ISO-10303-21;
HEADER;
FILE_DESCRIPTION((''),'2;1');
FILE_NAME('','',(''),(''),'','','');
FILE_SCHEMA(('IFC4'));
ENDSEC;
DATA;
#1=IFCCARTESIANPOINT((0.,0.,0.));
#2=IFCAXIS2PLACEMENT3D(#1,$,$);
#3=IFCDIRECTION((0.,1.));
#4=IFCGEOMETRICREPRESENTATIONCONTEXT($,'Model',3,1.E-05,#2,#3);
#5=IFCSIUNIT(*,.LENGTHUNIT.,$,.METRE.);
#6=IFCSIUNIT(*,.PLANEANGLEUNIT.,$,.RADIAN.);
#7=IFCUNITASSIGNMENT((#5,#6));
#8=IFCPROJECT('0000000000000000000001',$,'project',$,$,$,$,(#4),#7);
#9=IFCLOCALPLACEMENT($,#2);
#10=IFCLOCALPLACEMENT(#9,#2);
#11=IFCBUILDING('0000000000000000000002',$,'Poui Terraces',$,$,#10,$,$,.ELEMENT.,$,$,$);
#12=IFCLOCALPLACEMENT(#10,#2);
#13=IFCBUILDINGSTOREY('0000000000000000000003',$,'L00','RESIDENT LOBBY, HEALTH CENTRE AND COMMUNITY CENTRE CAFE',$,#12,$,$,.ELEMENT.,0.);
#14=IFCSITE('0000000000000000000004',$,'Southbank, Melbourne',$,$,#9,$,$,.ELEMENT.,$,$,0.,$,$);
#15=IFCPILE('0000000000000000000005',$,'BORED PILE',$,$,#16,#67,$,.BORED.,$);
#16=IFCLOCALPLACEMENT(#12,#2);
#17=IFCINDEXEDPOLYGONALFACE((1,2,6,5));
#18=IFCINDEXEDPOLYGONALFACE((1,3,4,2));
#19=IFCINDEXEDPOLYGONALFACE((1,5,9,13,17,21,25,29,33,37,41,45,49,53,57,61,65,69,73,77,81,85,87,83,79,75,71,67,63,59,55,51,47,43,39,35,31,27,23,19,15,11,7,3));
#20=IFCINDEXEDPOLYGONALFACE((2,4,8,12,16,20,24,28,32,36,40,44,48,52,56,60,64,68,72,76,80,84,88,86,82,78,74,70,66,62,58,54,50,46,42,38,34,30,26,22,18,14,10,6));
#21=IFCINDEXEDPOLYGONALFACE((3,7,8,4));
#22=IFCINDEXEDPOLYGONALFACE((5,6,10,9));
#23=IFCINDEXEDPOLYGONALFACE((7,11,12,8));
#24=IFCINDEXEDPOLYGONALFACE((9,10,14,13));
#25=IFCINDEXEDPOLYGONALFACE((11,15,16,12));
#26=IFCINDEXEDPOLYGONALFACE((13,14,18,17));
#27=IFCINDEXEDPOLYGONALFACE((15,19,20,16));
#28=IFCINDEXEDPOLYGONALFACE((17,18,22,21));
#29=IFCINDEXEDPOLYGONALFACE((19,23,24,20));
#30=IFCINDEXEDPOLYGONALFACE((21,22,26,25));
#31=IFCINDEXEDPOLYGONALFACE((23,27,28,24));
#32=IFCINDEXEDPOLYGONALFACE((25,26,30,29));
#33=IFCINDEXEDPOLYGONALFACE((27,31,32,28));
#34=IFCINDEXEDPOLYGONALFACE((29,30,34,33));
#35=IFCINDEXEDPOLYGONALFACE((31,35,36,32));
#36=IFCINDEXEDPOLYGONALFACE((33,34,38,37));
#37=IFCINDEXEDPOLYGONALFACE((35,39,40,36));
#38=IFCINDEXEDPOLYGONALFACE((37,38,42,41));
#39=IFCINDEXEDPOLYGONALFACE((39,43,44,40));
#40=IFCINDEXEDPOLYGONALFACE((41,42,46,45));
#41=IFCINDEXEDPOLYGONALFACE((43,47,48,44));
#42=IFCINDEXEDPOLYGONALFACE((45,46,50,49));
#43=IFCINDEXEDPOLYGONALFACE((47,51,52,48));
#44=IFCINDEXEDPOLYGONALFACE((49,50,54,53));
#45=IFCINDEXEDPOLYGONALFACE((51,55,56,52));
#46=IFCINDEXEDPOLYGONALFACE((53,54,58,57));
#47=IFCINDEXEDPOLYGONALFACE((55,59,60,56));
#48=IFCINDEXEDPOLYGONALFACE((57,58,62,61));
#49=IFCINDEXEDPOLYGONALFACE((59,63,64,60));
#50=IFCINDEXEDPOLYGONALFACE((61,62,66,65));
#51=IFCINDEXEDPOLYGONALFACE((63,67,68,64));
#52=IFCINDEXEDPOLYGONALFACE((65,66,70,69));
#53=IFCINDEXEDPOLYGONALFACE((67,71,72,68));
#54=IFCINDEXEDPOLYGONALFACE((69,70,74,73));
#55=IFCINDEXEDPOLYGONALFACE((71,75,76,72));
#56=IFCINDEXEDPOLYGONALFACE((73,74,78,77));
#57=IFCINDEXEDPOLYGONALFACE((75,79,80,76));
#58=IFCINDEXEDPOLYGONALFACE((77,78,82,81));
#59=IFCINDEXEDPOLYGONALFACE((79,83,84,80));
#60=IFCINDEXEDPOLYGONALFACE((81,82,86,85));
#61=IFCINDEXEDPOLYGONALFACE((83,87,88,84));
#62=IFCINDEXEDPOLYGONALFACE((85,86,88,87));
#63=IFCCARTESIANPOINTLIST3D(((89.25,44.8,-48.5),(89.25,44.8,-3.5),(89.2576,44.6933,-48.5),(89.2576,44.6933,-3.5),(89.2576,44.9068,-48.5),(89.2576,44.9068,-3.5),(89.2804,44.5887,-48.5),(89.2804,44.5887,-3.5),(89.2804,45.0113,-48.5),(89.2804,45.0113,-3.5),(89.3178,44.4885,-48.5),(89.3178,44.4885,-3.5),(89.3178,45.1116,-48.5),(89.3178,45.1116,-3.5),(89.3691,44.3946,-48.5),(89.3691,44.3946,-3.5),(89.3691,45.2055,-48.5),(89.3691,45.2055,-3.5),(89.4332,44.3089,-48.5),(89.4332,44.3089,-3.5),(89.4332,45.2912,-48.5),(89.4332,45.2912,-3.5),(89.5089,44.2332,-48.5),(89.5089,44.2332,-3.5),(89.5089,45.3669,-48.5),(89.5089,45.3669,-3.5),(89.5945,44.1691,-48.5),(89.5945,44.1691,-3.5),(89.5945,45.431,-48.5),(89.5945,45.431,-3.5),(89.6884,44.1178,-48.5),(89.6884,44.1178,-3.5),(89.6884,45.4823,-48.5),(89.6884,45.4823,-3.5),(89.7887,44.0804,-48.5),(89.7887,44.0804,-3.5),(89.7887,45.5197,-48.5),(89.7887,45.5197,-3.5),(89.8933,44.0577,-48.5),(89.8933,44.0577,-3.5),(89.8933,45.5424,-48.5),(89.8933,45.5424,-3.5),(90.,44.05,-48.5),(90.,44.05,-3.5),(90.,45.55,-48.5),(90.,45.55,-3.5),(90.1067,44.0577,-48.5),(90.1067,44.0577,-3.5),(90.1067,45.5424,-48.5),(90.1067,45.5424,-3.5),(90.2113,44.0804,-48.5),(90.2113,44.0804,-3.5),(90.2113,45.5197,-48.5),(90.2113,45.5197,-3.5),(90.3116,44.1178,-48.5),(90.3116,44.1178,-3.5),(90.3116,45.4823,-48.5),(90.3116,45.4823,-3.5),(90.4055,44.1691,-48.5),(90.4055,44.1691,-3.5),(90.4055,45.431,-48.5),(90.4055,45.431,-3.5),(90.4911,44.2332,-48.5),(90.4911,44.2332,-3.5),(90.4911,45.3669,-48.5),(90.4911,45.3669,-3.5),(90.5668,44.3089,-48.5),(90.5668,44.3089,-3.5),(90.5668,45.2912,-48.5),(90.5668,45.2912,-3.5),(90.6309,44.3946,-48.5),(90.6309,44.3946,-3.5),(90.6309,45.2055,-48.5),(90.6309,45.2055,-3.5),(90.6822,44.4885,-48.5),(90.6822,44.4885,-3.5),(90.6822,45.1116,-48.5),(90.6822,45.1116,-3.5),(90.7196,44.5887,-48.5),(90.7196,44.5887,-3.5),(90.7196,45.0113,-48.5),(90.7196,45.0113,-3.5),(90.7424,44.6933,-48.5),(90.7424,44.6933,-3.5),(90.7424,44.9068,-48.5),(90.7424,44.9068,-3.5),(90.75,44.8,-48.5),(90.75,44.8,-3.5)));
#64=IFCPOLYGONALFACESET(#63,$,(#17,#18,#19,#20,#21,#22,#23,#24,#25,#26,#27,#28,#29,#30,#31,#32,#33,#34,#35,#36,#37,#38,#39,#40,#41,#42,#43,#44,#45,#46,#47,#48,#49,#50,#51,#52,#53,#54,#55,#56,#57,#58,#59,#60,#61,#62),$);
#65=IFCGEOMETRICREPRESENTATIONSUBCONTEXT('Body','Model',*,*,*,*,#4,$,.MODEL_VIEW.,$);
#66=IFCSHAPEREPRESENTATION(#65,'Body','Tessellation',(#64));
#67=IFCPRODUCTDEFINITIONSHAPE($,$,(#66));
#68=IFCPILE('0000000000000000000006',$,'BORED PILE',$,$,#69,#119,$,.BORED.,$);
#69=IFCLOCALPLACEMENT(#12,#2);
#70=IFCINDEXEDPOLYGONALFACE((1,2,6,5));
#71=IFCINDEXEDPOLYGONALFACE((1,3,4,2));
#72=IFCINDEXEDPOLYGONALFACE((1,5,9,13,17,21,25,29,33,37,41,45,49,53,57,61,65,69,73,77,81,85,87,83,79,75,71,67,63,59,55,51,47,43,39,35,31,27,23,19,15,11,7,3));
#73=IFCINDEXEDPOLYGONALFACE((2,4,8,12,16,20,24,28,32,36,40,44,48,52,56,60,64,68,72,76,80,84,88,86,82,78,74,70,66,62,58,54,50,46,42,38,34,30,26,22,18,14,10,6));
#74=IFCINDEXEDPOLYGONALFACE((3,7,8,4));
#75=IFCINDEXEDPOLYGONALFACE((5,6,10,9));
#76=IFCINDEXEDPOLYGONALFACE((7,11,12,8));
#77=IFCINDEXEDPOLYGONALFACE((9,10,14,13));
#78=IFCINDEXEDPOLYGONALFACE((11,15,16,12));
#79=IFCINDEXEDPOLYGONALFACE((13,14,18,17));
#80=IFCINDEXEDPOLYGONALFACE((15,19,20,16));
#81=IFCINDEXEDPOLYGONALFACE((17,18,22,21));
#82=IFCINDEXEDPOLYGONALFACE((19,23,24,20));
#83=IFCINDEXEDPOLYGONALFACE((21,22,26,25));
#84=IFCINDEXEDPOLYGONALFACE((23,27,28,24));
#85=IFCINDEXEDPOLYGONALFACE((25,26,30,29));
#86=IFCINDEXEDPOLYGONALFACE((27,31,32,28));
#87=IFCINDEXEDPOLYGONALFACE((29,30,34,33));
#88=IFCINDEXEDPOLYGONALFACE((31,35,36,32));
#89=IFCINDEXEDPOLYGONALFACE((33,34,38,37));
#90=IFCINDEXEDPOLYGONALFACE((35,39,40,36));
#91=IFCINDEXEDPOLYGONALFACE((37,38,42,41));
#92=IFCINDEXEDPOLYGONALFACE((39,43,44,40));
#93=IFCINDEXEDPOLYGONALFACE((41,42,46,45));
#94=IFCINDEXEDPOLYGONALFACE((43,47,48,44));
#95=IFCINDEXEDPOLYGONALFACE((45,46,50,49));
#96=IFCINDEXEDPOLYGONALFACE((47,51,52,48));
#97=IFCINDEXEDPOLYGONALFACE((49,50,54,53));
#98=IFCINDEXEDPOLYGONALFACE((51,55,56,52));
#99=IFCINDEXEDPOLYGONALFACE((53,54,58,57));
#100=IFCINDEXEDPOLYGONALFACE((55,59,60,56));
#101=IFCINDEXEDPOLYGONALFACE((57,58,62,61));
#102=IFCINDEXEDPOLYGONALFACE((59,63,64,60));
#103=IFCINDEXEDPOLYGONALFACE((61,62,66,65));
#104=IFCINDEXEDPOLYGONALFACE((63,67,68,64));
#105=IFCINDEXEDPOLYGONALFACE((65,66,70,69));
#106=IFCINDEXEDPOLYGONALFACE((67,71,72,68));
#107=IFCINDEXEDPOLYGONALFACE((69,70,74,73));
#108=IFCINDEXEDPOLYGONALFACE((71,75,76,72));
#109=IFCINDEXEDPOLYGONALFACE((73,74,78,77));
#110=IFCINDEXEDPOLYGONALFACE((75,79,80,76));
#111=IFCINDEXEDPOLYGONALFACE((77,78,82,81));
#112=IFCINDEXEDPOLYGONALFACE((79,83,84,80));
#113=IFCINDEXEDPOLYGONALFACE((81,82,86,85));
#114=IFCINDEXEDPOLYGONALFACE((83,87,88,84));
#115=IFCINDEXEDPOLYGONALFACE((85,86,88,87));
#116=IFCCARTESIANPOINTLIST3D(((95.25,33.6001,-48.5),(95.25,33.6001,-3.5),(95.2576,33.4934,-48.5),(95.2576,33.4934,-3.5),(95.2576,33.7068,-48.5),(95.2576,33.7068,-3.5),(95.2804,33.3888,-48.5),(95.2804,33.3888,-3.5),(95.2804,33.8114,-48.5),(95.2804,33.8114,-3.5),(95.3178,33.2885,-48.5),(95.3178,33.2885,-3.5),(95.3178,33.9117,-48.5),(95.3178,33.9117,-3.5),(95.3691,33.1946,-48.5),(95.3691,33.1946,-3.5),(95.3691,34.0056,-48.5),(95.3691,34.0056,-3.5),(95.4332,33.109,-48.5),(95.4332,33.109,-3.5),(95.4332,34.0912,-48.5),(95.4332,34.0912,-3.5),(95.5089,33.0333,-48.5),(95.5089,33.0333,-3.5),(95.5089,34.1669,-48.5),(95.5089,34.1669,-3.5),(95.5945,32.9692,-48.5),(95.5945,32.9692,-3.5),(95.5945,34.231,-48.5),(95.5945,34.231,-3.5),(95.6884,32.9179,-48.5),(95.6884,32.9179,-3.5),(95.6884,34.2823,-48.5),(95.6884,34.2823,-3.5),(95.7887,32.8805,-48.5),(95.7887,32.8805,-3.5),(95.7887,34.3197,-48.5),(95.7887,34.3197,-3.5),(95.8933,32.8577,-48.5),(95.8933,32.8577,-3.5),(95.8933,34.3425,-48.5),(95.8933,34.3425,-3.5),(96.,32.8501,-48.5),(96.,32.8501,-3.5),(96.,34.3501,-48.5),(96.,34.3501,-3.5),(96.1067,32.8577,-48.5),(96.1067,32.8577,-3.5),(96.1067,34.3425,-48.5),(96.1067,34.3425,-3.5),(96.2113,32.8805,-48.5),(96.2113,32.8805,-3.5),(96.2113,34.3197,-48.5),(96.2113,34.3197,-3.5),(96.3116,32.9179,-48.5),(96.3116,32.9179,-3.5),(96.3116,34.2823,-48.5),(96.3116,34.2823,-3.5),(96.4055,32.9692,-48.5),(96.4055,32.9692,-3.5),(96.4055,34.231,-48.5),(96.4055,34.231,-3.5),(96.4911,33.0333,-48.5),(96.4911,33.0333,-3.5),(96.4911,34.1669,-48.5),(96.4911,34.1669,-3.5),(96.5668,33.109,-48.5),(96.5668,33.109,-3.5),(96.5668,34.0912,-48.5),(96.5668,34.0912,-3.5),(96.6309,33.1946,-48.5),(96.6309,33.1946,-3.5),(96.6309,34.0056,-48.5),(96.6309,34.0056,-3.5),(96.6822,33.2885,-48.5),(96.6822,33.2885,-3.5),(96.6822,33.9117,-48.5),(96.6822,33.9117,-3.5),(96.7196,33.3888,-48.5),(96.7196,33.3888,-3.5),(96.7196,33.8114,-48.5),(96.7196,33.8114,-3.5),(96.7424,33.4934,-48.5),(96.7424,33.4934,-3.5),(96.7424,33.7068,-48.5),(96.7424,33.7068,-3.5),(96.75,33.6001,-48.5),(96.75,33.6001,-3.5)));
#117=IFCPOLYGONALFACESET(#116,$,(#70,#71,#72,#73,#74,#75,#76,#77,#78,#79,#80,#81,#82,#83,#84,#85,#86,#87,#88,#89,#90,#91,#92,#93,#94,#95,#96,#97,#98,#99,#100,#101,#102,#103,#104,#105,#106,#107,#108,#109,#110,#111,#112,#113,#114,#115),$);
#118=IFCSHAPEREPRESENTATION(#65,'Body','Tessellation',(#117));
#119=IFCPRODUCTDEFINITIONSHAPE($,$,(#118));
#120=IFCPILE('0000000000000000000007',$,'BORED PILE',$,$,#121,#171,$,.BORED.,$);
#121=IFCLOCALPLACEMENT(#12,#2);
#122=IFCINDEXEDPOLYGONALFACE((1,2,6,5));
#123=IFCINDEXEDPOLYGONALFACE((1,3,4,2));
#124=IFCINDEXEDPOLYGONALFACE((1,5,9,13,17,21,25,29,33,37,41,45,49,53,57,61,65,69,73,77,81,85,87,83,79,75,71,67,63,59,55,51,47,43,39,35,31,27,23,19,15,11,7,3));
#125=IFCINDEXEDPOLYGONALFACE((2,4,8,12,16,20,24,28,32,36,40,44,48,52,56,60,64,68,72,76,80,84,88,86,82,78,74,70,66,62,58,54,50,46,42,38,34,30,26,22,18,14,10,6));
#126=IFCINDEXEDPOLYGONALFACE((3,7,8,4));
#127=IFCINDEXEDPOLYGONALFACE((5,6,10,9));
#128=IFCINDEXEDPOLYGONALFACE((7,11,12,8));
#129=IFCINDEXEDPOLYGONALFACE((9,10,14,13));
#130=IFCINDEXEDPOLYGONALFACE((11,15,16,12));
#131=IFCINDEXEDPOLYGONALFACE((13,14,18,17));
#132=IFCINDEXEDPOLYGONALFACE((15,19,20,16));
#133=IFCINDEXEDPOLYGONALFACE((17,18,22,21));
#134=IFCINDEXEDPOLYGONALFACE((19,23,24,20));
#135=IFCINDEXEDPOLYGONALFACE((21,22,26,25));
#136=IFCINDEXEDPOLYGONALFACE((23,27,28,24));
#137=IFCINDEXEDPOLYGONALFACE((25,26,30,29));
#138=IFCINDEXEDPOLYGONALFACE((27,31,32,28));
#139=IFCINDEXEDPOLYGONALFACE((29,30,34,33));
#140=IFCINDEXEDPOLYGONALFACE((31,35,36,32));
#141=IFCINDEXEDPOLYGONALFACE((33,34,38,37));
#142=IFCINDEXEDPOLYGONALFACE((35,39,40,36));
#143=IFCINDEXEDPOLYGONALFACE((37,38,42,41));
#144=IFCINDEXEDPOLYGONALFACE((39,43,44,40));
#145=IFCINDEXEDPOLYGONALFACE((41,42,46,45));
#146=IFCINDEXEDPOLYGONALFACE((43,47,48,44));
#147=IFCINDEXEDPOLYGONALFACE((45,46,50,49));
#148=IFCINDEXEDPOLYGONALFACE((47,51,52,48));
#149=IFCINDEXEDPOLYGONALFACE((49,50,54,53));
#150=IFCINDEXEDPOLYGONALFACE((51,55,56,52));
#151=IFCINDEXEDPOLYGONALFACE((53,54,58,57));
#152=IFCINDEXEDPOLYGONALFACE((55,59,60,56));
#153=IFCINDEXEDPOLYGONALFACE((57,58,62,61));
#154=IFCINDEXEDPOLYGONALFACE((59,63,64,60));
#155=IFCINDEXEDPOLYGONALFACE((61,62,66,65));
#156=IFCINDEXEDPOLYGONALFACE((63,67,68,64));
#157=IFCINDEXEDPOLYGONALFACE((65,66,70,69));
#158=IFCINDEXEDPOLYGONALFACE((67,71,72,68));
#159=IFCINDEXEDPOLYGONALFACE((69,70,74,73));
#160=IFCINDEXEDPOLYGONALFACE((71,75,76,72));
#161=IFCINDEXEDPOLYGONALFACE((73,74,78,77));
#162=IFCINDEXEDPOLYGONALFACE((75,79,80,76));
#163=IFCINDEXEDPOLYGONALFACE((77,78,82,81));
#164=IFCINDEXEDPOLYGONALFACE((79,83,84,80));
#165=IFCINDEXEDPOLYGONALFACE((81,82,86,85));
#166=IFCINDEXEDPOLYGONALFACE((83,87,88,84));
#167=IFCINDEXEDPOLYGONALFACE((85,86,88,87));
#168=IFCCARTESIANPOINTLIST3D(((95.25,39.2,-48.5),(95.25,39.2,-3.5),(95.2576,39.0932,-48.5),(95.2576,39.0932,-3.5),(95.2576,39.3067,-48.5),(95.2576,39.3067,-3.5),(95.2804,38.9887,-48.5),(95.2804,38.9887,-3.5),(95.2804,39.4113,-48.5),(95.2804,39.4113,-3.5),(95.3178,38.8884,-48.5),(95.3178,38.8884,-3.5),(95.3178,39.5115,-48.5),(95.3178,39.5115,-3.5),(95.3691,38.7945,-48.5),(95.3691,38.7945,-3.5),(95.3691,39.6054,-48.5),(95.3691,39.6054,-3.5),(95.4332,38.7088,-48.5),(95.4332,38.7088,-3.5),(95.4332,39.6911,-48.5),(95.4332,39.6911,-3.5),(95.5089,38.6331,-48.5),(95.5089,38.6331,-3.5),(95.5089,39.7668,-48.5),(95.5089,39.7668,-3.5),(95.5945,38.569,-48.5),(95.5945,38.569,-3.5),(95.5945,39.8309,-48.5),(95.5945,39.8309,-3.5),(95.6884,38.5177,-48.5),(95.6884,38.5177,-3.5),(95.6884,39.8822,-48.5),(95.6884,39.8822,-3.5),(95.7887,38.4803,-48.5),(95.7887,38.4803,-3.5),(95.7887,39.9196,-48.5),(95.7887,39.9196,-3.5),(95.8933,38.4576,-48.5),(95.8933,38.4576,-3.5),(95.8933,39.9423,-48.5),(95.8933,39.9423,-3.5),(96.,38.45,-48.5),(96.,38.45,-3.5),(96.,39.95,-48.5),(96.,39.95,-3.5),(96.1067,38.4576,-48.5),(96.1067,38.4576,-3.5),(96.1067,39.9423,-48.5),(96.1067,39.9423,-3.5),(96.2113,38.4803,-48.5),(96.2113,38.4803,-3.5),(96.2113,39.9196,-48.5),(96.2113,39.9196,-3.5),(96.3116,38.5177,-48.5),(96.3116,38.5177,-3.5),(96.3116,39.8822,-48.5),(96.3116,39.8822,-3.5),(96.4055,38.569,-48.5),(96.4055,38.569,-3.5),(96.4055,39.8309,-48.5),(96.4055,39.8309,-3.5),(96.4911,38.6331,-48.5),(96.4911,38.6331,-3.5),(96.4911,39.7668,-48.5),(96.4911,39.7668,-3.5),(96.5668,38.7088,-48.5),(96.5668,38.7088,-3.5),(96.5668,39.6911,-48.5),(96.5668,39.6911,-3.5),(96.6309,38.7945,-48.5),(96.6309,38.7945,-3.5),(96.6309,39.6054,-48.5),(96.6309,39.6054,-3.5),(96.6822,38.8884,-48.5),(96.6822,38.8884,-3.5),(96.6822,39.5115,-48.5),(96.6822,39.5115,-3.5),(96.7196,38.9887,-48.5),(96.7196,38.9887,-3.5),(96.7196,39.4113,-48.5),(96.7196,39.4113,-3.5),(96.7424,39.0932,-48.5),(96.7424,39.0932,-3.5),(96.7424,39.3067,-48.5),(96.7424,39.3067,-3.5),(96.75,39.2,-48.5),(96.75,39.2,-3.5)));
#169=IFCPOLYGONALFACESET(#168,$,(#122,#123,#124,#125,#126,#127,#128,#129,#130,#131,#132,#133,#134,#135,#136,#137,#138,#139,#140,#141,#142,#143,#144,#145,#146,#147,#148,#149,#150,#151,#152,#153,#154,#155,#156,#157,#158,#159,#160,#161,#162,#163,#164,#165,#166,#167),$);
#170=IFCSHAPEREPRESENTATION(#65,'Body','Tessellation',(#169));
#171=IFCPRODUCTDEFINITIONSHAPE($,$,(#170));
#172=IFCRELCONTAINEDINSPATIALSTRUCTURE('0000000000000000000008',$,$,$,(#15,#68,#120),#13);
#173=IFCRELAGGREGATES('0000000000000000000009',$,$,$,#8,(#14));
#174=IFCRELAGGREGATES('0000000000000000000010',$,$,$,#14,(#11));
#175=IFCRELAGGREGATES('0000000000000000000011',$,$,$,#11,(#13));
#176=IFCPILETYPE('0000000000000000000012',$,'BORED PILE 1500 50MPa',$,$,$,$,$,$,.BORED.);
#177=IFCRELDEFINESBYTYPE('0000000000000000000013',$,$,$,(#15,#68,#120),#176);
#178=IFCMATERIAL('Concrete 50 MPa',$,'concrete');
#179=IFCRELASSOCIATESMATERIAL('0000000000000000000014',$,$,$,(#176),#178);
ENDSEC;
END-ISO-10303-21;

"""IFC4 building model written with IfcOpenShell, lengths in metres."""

from ifc_helpers import new_model, si_unit, direction, frame, origin, origin_2d, place, context, subcontext, project, spatial, circle, extrude, material, material_profile, profile_set, type_object, element, save


model = new_model("IFC4")

# Units and contexts
model_context = context("Model", 3, precision=1e-05, world=origin(), true_north=direction((0.0, 1.0)))
body_context = subcontext(model_context, "Body", "Model", "MODEL_VIEW")
ifc_project = project(units=[si_unit("LENGTHUNIT", "METRE"), si_unit("PLANEANGLEUNIT", "RADIAN")], contexts=[model_context])

# Site, building, storey
site_placement = place(None, origin())
site = spatial("IfcSite", under=ifc_project, at=site_placement, Name="Southbank, Melbourne", CompositionType="ELEMENT", RefElevation=0.0)
building_placement = place(site_placement, origin())
building = spatial("IfcBuilding", under=site, at=building_placement, Name="Poui Terraces", CompositionType="ELEMENT")
storey_placement = place(building_placement, origin())
storey = spatial("IfcBuildingStorey", under=building, at=storey_placement, Name="L00", Description="RESIDENT LOBBY, HEALTH CENTRE AND COMMUNITY CENTRE CAFE", CompositionType="ELEMENT", Elevation=0.0)

# Piles
ifc_material_1 = material(Name="Concrete 50 MPa", Category="concrete")
ifc_material_profile_1 = material_profile(ifc_material_1, circle(Radius=0.75, at=origin_2d()), Name="RC D1500")
ifc_profile_set_1 = profile_set([ifc_material_profile_1], Name="Concrete 50 MPa")
pile_type = type_object("IfcPileType", Name="BORED PILE 1500 50MPa", PredefinedType="BORED", material=ifc_profile_set_1)
for number, where, z_axis, x_axis, name in (
    (1, (90.0, 44.8, -3.5), (0.0, 0.0, -1.0), (1.0, 0.0, 0.0), "BORED PILE"),
    (2, (96.0, 33.6001, -3.5), (0.0, 0.0, -1.0), (1.0, 0.0, 0.0), "BORED PILE"),
    (3, (96.0, 39.2, -3.5), (0.0, 0.0, -1.0), (1.0, 0.0, 0.0), "BORED PILE"),
):
    element("IfcPile", number, at=place(storey_placement, frame(where, z_axis=z_axis, x_axis=x_axis)), inside=storey, type_object=pile_type, Name=name, PredefinedType="BORED", context=body_context, shape_type="SweptSolid", body=[
        extrude(circle(Radius=0.75, at=origin_2d()), origin(), (0.0, 0.0, 1.0), 45.0),
    ])

save(model, "model.ifc")
